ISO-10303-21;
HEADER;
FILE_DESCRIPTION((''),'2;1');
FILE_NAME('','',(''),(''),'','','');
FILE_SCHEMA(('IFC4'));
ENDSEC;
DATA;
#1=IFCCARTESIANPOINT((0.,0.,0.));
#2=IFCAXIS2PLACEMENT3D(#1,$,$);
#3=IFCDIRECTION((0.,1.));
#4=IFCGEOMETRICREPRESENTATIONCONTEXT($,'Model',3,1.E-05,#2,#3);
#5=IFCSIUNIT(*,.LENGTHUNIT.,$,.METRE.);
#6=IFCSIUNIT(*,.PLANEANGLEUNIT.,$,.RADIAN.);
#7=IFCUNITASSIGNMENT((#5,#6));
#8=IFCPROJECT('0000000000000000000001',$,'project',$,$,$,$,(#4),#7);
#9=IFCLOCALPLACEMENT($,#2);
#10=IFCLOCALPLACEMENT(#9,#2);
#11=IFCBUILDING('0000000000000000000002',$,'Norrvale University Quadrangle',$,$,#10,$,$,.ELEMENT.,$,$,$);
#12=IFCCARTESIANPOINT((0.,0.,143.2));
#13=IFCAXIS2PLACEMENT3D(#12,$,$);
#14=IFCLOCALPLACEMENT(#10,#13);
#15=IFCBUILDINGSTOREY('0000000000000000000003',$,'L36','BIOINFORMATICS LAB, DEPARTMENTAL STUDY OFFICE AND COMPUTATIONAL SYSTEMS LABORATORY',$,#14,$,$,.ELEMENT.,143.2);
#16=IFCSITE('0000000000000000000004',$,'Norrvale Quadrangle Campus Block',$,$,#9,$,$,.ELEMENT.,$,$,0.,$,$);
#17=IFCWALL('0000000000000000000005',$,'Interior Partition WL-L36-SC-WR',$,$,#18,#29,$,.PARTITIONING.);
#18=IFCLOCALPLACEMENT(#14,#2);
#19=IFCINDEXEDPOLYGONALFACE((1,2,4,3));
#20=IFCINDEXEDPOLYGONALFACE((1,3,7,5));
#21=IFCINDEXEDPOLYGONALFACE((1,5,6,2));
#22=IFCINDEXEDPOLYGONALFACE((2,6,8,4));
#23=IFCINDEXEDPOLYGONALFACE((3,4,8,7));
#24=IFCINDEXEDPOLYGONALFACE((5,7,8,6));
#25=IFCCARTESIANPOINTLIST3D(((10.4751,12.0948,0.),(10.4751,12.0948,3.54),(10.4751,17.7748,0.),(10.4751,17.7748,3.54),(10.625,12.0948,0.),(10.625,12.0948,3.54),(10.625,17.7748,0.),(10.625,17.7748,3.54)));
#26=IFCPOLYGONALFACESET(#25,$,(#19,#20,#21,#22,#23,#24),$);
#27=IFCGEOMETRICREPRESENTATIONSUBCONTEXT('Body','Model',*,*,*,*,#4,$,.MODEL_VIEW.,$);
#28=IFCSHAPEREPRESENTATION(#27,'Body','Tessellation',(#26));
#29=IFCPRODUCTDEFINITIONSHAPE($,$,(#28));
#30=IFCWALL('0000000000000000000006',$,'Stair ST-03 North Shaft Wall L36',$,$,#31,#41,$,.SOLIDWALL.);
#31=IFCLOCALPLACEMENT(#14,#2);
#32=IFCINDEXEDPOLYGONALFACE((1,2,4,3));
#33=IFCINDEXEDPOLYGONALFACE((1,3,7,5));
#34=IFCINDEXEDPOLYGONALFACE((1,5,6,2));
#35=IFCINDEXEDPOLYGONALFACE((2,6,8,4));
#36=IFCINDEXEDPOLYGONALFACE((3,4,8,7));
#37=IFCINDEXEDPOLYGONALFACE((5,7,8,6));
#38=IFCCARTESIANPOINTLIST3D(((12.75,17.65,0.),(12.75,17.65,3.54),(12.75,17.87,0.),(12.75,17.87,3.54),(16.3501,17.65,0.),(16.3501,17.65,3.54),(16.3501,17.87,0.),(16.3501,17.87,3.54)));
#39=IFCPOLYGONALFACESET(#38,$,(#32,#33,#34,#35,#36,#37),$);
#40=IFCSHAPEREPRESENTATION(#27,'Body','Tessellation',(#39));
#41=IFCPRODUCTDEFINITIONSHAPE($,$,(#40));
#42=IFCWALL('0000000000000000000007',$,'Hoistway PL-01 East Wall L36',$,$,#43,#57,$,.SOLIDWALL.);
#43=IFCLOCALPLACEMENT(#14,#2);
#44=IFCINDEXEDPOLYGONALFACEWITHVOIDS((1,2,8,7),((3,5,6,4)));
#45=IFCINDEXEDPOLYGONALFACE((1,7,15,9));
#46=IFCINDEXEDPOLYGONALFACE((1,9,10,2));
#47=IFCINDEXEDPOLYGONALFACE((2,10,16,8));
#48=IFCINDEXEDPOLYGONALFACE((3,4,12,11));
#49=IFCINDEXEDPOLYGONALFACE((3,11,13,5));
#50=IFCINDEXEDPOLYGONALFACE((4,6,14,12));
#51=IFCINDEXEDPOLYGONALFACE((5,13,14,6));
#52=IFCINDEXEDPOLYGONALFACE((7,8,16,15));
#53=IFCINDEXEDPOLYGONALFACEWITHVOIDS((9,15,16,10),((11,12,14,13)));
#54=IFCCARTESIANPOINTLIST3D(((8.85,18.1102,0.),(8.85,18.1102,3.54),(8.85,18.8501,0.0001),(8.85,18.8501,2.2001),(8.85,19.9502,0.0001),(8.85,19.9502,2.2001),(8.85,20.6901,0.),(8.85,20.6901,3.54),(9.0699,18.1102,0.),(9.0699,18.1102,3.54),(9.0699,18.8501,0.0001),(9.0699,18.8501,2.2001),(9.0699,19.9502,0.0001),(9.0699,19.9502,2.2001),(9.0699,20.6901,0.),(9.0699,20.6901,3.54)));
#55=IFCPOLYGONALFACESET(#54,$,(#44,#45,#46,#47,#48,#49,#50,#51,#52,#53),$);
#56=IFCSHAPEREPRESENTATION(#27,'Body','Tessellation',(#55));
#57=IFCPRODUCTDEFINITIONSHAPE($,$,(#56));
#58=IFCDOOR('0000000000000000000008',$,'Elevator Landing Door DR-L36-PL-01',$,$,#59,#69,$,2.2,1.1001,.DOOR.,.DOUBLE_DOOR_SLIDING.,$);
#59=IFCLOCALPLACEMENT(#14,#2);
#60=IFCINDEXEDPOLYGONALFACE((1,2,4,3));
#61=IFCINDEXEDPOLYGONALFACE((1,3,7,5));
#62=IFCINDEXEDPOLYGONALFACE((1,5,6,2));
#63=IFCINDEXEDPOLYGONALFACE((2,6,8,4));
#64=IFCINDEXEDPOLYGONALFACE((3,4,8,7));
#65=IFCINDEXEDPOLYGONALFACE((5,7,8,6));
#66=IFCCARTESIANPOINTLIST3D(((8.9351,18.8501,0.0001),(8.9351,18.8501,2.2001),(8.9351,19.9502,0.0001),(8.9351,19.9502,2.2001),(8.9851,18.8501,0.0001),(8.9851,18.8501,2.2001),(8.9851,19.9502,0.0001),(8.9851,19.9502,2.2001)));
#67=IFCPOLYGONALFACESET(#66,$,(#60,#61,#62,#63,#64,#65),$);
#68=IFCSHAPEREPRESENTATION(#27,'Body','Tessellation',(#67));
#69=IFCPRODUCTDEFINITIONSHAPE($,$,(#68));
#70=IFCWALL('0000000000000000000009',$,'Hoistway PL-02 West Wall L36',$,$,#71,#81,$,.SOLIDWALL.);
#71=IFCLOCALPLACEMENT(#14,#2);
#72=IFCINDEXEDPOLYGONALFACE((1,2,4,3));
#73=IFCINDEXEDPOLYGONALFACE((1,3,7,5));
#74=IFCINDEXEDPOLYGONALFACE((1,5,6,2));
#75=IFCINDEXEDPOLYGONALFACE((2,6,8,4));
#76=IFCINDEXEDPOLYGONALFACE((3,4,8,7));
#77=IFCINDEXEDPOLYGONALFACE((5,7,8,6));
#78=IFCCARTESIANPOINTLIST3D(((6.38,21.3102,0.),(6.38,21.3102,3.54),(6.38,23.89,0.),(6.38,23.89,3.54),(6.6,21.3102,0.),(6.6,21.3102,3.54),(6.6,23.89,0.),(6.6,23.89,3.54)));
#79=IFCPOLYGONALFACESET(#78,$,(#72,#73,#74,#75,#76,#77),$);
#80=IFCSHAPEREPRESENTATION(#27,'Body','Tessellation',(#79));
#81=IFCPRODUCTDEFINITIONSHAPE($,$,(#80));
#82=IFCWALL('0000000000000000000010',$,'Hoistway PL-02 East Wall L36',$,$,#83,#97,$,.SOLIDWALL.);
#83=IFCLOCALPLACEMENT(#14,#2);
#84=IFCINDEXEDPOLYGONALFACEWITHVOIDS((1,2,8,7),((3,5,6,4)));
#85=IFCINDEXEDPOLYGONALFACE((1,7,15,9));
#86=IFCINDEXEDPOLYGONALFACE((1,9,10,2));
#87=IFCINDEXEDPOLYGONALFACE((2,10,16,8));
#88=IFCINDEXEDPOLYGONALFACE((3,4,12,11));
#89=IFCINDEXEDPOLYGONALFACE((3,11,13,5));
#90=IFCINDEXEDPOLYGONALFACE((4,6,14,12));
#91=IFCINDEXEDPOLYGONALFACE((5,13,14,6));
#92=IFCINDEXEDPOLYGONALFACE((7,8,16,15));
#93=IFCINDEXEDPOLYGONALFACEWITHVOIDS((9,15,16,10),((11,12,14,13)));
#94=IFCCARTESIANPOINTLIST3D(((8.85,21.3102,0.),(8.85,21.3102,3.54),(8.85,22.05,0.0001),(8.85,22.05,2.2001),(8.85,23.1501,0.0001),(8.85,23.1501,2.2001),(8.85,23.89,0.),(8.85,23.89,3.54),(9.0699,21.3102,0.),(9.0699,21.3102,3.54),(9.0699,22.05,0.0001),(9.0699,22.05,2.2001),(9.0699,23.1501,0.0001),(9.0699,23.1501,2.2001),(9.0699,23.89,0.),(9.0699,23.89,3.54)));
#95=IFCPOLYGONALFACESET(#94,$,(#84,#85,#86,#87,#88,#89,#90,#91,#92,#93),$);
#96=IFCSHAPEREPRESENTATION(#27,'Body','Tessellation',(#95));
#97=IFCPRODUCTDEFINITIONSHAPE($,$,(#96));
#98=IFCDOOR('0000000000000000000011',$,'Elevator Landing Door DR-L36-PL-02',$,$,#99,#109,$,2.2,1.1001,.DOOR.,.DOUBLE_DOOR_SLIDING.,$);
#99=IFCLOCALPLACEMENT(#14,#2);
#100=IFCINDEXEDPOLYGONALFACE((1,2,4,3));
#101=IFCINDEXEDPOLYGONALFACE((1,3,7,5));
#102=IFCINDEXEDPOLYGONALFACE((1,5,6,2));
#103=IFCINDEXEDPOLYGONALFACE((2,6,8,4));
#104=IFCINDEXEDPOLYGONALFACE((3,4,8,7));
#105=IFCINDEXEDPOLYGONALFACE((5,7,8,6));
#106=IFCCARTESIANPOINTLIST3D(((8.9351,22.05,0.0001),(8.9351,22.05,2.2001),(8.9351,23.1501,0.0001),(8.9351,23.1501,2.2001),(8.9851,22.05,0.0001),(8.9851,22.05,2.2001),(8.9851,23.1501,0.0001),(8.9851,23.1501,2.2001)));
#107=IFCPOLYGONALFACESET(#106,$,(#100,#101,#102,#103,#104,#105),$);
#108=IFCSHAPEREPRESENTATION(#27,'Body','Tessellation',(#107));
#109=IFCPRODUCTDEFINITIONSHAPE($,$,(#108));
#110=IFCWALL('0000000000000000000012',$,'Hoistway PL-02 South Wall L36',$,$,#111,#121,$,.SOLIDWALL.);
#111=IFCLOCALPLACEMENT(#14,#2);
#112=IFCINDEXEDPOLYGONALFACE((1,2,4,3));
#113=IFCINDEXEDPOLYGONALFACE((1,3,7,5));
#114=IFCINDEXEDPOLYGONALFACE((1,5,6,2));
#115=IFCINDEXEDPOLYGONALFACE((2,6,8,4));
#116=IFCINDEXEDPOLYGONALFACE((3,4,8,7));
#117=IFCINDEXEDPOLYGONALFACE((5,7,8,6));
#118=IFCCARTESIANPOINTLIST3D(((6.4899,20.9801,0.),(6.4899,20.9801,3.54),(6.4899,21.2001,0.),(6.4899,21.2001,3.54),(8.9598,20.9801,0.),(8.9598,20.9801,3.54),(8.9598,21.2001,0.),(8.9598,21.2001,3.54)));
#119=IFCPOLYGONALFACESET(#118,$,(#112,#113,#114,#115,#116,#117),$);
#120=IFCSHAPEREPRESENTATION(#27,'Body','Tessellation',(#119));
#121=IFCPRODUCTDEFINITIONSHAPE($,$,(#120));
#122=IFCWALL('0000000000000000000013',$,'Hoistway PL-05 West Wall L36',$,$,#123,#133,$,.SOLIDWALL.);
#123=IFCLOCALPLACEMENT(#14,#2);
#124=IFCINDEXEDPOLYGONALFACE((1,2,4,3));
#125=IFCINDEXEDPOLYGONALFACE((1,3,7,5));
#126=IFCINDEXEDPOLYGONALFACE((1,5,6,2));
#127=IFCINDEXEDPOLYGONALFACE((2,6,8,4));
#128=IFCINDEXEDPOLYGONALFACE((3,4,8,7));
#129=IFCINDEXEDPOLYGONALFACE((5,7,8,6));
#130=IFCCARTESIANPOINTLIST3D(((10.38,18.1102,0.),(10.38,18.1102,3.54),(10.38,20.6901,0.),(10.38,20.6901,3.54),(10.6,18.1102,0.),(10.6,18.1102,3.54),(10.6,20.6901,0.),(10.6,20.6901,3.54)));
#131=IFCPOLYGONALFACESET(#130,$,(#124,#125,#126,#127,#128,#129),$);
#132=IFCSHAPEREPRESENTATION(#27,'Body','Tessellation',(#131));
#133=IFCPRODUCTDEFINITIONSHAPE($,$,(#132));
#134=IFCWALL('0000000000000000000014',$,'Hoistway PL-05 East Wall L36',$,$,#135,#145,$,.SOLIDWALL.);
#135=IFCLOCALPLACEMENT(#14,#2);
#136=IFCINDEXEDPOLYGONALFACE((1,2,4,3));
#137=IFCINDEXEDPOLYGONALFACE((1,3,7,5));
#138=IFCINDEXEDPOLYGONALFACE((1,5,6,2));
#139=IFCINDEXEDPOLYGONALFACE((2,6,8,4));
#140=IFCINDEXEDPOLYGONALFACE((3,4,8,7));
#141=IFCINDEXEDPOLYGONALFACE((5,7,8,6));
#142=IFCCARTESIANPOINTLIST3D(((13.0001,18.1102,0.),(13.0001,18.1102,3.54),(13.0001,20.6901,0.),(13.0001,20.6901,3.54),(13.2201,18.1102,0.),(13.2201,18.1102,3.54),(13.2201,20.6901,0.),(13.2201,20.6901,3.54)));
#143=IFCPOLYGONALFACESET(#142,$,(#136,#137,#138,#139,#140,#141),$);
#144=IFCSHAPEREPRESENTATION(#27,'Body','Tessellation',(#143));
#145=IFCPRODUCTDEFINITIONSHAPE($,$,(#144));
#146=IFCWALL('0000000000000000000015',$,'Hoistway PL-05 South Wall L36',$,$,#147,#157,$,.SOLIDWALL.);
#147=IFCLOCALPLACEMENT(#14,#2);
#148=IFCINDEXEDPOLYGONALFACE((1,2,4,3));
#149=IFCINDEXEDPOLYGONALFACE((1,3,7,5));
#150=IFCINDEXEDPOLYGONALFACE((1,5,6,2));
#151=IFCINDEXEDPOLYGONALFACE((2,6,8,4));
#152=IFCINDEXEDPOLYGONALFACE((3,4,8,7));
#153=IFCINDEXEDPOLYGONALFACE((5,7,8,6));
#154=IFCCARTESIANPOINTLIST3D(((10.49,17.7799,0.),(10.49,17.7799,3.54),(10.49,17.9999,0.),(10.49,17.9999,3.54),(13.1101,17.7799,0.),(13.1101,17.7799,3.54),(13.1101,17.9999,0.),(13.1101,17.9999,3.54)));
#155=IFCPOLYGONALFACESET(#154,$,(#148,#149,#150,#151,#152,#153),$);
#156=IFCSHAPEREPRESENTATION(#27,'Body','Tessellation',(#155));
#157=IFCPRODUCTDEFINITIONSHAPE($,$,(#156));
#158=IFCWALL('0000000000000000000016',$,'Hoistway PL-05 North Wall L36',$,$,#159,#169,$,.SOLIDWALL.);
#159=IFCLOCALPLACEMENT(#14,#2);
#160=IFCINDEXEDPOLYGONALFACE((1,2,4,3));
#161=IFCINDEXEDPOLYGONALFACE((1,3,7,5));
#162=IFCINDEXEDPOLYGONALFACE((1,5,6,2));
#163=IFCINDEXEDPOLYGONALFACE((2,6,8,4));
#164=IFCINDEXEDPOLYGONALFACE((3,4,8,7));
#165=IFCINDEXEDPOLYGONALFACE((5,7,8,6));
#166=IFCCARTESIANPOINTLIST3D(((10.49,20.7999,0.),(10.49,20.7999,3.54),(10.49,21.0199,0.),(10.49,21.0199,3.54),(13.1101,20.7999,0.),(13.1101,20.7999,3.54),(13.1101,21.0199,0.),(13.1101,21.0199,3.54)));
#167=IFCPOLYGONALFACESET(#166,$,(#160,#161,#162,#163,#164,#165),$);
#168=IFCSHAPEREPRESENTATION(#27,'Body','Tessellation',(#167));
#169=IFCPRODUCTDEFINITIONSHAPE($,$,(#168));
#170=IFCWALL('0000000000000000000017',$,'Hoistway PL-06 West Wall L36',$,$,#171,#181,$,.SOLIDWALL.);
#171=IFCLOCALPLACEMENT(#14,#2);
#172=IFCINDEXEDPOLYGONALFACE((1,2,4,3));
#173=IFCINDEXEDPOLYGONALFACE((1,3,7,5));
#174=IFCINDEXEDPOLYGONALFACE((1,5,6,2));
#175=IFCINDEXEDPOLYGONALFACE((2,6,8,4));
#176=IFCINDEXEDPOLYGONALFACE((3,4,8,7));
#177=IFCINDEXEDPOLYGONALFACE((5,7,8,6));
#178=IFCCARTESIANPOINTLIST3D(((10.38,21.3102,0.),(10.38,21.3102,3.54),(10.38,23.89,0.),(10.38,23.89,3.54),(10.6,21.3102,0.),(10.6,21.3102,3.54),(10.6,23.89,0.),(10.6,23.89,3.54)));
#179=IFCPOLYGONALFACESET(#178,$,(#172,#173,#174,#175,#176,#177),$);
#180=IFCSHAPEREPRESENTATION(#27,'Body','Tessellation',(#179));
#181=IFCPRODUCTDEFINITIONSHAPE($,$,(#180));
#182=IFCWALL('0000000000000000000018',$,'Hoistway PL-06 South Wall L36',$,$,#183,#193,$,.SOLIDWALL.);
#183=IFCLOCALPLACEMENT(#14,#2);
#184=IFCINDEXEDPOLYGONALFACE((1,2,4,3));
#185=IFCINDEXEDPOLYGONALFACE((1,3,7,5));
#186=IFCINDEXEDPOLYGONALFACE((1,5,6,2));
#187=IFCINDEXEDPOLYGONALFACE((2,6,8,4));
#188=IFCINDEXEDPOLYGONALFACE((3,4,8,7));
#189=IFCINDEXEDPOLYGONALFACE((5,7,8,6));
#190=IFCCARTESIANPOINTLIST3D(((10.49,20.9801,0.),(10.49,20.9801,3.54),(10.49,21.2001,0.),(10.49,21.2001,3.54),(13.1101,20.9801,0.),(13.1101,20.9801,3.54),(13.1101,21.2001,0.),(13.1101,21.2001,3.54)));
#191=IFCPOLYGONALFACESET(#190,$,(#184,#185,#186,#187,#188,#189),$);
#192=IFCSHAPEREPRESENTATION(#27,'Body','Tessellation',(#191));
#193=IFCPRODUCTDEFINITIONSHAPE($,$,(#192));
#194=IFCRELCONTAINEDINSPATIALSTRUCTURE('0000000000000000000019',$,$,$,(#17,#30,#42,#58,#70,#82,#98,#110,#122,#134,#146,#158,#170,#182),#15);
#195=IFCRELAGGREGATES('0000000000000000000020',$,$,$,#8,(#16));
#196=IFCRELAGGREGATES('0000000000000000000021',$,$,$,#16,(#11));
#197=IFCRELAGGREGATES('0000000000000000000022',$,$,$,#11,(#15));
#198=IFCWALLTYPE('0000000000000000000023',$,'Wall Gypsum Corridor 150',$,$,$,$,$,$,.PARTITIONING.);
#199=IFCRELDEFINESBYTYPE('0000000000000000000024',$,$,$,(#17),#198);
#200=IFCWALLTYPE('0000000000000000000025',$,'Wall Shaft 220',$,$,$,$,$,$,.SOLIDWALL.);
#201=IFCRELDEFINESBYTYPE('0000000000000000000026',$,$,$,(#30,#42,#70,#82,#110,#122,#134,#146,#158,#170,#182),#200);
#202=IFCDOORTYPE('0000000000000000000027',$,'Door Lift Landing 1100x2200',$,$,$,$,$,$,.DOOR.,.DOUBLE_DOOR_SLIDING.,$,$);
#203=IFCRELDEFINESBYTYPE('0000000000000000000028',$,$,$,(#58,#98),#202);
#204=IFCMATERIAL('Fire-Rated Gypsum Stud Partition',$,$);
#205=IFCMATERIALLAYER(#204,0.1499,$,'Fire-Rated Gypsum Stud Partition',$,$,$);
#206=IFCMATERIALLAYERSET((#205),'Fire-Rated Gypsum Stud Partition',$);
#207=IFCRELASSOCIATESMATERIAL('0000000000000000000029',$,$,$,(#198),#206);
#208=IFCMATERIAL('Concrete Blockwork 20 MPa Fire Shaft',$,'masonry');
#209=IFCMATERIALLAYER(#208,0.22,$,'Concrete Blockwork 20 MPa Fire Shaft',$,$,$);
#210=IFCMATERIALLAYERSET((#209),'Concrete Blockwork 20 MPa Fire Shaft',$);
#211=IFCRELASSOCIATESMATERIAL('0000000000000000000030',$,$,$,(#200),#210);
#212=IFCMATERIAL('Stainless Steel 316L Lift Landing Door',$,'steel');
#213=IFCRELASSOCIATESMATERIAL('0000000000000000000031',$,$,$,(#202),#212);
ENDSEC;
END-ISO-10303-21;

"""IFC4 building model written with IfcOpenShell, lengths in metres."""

from ifc_helpers import new_model, si_unit, direction, frame, frame_2d, origin, place, context, subcontext, project, spatial, rectangle, extrude, material, layer, layer_set, type_object, element, fill, save


model = new_model("IFC4")

# Units and contexts
model_context = context("Model", 3, precision=1e-05, world=origin(), true_north=direction((0.0, 1.0)))
body_context = subcontext(model_context, "Body", "Model", "MODEL_VIEW")
ifc_project = project(units=[si_unit("LENGTHUNIT", "METRE"), si_unit("PLANEANGLEUNIT", "RADIAN")], contexts=[model_context])

# Site, building, storey
site_placement = place(None, origin())
site = spatial("IfcSite", under=ifc_project, at=site_placement, Name="Norrvale Quadrangle Campus Block", CompositionType="ELEMENT", RefElevation=0.0)
building_placement = place(site_placement, origin())
building = spatial("IfcBuilding", under=site, at=building_placement, Name="Norrvale University Quadrangle", CompositionType="ELEMENT")
storey_placement = place(building_placement, frame((0.0, 0.0, 143.2)))
storey = spatial("IfcBuildingStorey", under=building, at=storey_placement, Name="L36", Description="BIOINFORMATICS LAB, DEPARTMENTAL STUDY OFFICE AND COMPUTATIONAL SYSTEMS LABORATORY", CompositionType="ELEMENT", Elevation=143.2)

# Shared definitions
ifc_material_1 = material(Name="Fire-Rated Gypsum Stud Partition")
ifc_layer_1 = layer(ifc_material_1, 0.1499, Name="Fire-Rated Gypsum Stud Partition")
ifc_layer_set_1 = layer_set([ifc_layer_1], Name="Fire-Rated Gypsum Stud Partition")
wall_type_1 = type_object("IfcWallType", Name="Wall Gypsum Corridor 150", PredefinedType="PARTITIONING", material=ifc_layer_set_1)

# Walls
for number, where, z_axis, x_axis, name in (
    (1, (10.55, 12.095, 0.0), (0.0, 0.0, 1.0), (0.0, 1.0, 0.0), "Interior Partition WL-L36-SC-WR"),
):
    element("IfcWall", number, at=place(storey_placement, frame(where, z_axis=z_axis, x_axis=x_axis)), inside=storey, type_object=wall_type_1, Name=name, PredefinedType="PARTITIONING", context=body_context, shape_type="SweptSolid", body=[
        extrude(rectangle(XDim=5.6799, YDim=0.1499, at=frame_2d((2.8398, 0.0))), origin(), (0.0, 0.0, 1.0), 3.54),
    ])
ifc_material_2 = material(Name="Concrete Blockwork 20 MPa Fire Shaft", Category="masonry")
ifc_layer_2 = layer(ifc_material_2, 0.22, Name="Concrete Blockwork 20 MPa Fire Shaft")
ifc_layer_set_2 = layer_set([ifc_layer_2], Name="Concrete Blockwork 20 MPa Fire Shaft")
wall_type_2 = type_object("IfcWallType", Name="Wall Shaft 220", PredefinedType="SOLIDWALL", material=ifc_layer_set_2)
wall_1_placement = place(storey_placement, frame((12.75, 17.76, 0.0), z_axis=(0.0, 0.0, 1.0), x_axis=(1.0, 0.0, 0.0)))
element("IfcWall", 2, at=wall_1_placement, inside=storey, type_object=wall_type_2, Name="Stair ST-03 North Shaft Wall L36", PredefinedType="SOLIDWALL", context=body_context, shape_type="SweptSolid", body=[
    extrude(rectangle(XDim=3.6001, YDim=0.22, at=frame_2d((1.8, 0.0))), origin(), (0.0, 0.0, 1.0), 3.54),
])

# Wall, opening, door
wall_2_placement = place(storey_placement, frame((8.96, 18.1101, 0.0), z_axis=(0.0, 0.0, 1.0), x_axis=(0.0, 1.0, 0.0)))
wall_2 = element("IfcWall", 3, at=wall_2_placement, inside=storey, type_object=wall_type_2, Name="Hoistway PL-01 East Wall L36", PredefinedType="SOLIDWALL", context=body_context, shape_type="SweptSolid", body=[
    extrude(rectangle(XDim=2.5798, YDim=0.22, at=frame_2d((1.29, 0.0))), origin(), (0.0, 0.0, 1.0), 3.54),
])
opening_1_placement = place(wall_2_placement, frame((0.74, 0.0, 0.0)))
opening_1 = element("IfcOpeningElement", 4, at=opening_1_placement, cuts=wall_2, PredefinedType="OPENING", context=body_context, shape_type="SweptSolid", body=[
    extrude(rectangle(XDim=1.1001, YDim=2.2, at=frame_2d((0.55, 1.1001))), frame((0.0, 0.1221, 0.0), z_axis=(0.0, -1.0, 0.0), x_axis=(1.0, 0.0, 0.0)), (0.0, 0.0, 1.0), 0.2439),
])
ifc_material_3 = material(Name="Stainless Steel 316L Lift Landing Door", Category="steel")
door_type_1 = type_object("IfcDoorType", Name="Door Lift Landing 1100x2200", OperationType="DOUBLE_DOOR_SLIDING", PredefinedType="DOOR", material=ifc_material_3)
door_1_placement = place(opening_1_placement, origin())
door_1 = element("IfcDoor", 5, at=door_1_placement, inside=storey, type_object=door_type_1, Name="Elevator Landing Door DR-L36-PL-01", OperationType="DOUBLE_DOOR_SLIDING", OverallHeight=2.2, OverallWidth=1.1001, PredefinedType="DOOR", context=body_context, shape_type="SweptSolid", body=[
    extrude(rectangle(XDim=1.1001, YDim=2.2, at=frame_2d((0.55, 1.1001))), frame((0.0, 0.0249, 0.0), z_axis=(0.0, -1.0, 0.0), x_axis=(1.0, 0.0, 0.0)), (0.0, 0.0, 1.0), 0.05),
])
fill(opening_1, door_1)

# Wall
wall_3_placement = place(storey_placement, frame((6.49, 21.3101, 0.0), z_axis=(0.0, 0.0, 1.0), x_axis=(0.0, 1.0, 0.0)))
element("IfcWall", 6, at=wall_3_placement, inside=storey, type_object=wall_type_2, Name="Hoistway PL-02 West Wall L36", PredefinedType="SOLIDWALL", context=body_context, shape_type="SweptSolid", body=[
    extrude(rectangle(XDim=2.5798, YDim=0.22, at=frame_2d((1.29, 0.0))), origin(), (0.0, 0.0, 1.0), 3.54),
])

# Wall, opening, door
wall_4_placement = place(storey_placement, frame((8.96, 21.3101, 0.0), z_axis=(0.0, 0.0, 1.0), x_axis=(0.0, 1.0, 0.0)))
wall_4 = element("IfcWall", 7, at=wall_4_placement, inside=storey, type_object=wall_type_2, Name="Hoistway PL-02 East Wall L36", PredefinedType="SOLIDWALL", context=body_context, shape_type="SweptSolid", body=[
    extrude(rectangle(XDim=2.5798, YDim=0.22, at=frame_2d((1.29, 0.0))), origin(), (0.0, 0.0, 1.0), 3.54),
])
opening_2_placement = place(wall_4_placement, frame((0.74, 0.0, 0.0)))
opening_2 = element("IfcOpeningElement", 8, at=opening_2_placement, cuts=wall_4, PredefinedType="OPENING", context=body_context, shape_type="SweptSolid", body=[
    extrude(rectangle(XDim=1.1001, YDim=2.2, at=frame_2d((0.55, 1.1001))), frame((0.0, 0.1221, 0.0), z_axis=(0.0, -1.0, 0.0), x_axis=(1.0, 0.0, 0.0)), (0.0, 0.0, 1.0), 0.2439),
])
door_2_placement = place(opening_2_placement, origin())
door_2 = element("IfcDoor", 9, at=door_2_placement, inside=storey, type_object=door_type_1, Name="Elevator Landing Door DR-L36-PL-02", OperationType="DOUBLE_DOOR_SLIDING", OverallHeight=2.2, OverallWidth=1.1001, PredefinedType="DOOR", context=body_context, shape_type="SweptSolid", body=[
    extrude(rectangle(XDim=1.1001, YDim=2.2, at=frame_2d((0.55, 1.1001))), frame((0.0, 0.0249, 0.0), z_axis=(0.0, -1.0, 0.0), x_axis=(1.0, 0.0, 0.0)), (0.0, 0.0, 1.0), 0.05),
])
fill(opening_2, door_2)

# Walls
wall_5_placement = place(storey_placement, frame((6.49, 21.0901, 0.0), z_axis=(0.0, 0.0, 1.0), x_axis=(1.0, 0.0, 0.0)))
element("IfcWall", 10, at=wall_5_placement, inside=storey, type_object=wall_type_2, Name="Hoistway PL-02 South Wall L36", PredefinedType="SOLIDWALL", context=body_context, shape_type="SweptSolid", body=[
    extrude(rectangle(XDim=2.47, YDim=0.22, at=frame_2d((1.2349, 0.0))), origin(), (0.0, 0.0, 1.0), 3.54),
])
for number, where, z_axis, x_axis, name in (
    (11, (10.49, 18.1101, 0.0), (0.0, 0.0, 1.0), (0.0, 1.0, 0.0), "Hoistway PL-05 West Wall L36"),
    (12, (13.1101, 18.1101, 0.0), (0.0, 0.0, 1.0), (0.0, 1.0, 0.0), "Hoistway PL-05 East Wall L36"),
):
    element("IfcWall", number, at=place(storey_placement, frame(where, z_axis=z_axis, x_axis=x_axis)), inside=storey, type_object=wall_type_2, Name=name, PredefinedType="SOLIDWALL", context=body_context, shape_type="SweptSolid", body=[
        extrude(rectangle(XDim=2.5798, YDim=0.22, at=frame_2d((1.29, 0.0))), origin(), (0.0, 0.0, 1.0), 3.54),
    ])
for number, where, z_axis, x_axis, name in (
    (13, (10.49, 17.8899, 0.0), (0.0, 0.0, 1.0), (1.0, 0.0, 0.0), "Hoistway PL-05 South Wall L36"),
    (14, (10.49, 20.9099, 0.0), (0.0, 0.0, 1.0), (1.0, 0.0, 0.0), "Hoistway PL-05 North Wall L36"),
):
    element("IfcWall", number, at=place(storey_placement, frame(where, z_axis=z_axis, x_axis=x_axis)), inside=storey, type_object=wall_type_2, Name=name, PredefinedType="SOLIDWALL", context=body_context, shape_type="SweptSolid", body=[
        extrude(rectangle(XDim=2.6201, YDim=0.22, at=frame_2d((1.3101, 0.0))), origin(), (0.0, 0.0, 1.0), 3.54),
    ])
wall_6_placement = place(storey_placement, frame((10.49, 21.3101, 0.0), z_axis=(0.0, 0.0, 1.0), x_axis=(0.0, 1.0, 0.0)))
element("IfcWall", 15, at=wall_6_placement, inside=storey, type_object=wall_type_2, Name="Hoistway PL-06 West Wall L36", PredefinedType="SOLIDWALL", context=body_context, shape_type="SweptSolid", body=[
    extrude(rectangle(XDim=2.5798, YDim=0.22, at=frame_2d((1.29, 0.0))), origin(), (0.0, 0.0, 1.0), 3.54),
])
wall_7_placement = place(storey_placement, frame((10.49, 21.0901, 0.0), z_axis=(0.0, 0.0, 1.0), x_axis=(1.0, 0.0, 0.0)))
element("IfcWall", 16, at=wall_7_placement, inside=storey, type_object=wall_type_2, Name="Hoistway PL-06 South Wall L36", PredefinedType="SOLIDWALL", context=body_context, shape_type="SweptSolid", body=[
    extrude(rectangle(XDim=2.6201, YDim=0.22, at=frame_2d((1.3101, 0.0))), origin(), (0.0, 0.0, 1.0), 3.54),
])

save(model, "model.ifc")
